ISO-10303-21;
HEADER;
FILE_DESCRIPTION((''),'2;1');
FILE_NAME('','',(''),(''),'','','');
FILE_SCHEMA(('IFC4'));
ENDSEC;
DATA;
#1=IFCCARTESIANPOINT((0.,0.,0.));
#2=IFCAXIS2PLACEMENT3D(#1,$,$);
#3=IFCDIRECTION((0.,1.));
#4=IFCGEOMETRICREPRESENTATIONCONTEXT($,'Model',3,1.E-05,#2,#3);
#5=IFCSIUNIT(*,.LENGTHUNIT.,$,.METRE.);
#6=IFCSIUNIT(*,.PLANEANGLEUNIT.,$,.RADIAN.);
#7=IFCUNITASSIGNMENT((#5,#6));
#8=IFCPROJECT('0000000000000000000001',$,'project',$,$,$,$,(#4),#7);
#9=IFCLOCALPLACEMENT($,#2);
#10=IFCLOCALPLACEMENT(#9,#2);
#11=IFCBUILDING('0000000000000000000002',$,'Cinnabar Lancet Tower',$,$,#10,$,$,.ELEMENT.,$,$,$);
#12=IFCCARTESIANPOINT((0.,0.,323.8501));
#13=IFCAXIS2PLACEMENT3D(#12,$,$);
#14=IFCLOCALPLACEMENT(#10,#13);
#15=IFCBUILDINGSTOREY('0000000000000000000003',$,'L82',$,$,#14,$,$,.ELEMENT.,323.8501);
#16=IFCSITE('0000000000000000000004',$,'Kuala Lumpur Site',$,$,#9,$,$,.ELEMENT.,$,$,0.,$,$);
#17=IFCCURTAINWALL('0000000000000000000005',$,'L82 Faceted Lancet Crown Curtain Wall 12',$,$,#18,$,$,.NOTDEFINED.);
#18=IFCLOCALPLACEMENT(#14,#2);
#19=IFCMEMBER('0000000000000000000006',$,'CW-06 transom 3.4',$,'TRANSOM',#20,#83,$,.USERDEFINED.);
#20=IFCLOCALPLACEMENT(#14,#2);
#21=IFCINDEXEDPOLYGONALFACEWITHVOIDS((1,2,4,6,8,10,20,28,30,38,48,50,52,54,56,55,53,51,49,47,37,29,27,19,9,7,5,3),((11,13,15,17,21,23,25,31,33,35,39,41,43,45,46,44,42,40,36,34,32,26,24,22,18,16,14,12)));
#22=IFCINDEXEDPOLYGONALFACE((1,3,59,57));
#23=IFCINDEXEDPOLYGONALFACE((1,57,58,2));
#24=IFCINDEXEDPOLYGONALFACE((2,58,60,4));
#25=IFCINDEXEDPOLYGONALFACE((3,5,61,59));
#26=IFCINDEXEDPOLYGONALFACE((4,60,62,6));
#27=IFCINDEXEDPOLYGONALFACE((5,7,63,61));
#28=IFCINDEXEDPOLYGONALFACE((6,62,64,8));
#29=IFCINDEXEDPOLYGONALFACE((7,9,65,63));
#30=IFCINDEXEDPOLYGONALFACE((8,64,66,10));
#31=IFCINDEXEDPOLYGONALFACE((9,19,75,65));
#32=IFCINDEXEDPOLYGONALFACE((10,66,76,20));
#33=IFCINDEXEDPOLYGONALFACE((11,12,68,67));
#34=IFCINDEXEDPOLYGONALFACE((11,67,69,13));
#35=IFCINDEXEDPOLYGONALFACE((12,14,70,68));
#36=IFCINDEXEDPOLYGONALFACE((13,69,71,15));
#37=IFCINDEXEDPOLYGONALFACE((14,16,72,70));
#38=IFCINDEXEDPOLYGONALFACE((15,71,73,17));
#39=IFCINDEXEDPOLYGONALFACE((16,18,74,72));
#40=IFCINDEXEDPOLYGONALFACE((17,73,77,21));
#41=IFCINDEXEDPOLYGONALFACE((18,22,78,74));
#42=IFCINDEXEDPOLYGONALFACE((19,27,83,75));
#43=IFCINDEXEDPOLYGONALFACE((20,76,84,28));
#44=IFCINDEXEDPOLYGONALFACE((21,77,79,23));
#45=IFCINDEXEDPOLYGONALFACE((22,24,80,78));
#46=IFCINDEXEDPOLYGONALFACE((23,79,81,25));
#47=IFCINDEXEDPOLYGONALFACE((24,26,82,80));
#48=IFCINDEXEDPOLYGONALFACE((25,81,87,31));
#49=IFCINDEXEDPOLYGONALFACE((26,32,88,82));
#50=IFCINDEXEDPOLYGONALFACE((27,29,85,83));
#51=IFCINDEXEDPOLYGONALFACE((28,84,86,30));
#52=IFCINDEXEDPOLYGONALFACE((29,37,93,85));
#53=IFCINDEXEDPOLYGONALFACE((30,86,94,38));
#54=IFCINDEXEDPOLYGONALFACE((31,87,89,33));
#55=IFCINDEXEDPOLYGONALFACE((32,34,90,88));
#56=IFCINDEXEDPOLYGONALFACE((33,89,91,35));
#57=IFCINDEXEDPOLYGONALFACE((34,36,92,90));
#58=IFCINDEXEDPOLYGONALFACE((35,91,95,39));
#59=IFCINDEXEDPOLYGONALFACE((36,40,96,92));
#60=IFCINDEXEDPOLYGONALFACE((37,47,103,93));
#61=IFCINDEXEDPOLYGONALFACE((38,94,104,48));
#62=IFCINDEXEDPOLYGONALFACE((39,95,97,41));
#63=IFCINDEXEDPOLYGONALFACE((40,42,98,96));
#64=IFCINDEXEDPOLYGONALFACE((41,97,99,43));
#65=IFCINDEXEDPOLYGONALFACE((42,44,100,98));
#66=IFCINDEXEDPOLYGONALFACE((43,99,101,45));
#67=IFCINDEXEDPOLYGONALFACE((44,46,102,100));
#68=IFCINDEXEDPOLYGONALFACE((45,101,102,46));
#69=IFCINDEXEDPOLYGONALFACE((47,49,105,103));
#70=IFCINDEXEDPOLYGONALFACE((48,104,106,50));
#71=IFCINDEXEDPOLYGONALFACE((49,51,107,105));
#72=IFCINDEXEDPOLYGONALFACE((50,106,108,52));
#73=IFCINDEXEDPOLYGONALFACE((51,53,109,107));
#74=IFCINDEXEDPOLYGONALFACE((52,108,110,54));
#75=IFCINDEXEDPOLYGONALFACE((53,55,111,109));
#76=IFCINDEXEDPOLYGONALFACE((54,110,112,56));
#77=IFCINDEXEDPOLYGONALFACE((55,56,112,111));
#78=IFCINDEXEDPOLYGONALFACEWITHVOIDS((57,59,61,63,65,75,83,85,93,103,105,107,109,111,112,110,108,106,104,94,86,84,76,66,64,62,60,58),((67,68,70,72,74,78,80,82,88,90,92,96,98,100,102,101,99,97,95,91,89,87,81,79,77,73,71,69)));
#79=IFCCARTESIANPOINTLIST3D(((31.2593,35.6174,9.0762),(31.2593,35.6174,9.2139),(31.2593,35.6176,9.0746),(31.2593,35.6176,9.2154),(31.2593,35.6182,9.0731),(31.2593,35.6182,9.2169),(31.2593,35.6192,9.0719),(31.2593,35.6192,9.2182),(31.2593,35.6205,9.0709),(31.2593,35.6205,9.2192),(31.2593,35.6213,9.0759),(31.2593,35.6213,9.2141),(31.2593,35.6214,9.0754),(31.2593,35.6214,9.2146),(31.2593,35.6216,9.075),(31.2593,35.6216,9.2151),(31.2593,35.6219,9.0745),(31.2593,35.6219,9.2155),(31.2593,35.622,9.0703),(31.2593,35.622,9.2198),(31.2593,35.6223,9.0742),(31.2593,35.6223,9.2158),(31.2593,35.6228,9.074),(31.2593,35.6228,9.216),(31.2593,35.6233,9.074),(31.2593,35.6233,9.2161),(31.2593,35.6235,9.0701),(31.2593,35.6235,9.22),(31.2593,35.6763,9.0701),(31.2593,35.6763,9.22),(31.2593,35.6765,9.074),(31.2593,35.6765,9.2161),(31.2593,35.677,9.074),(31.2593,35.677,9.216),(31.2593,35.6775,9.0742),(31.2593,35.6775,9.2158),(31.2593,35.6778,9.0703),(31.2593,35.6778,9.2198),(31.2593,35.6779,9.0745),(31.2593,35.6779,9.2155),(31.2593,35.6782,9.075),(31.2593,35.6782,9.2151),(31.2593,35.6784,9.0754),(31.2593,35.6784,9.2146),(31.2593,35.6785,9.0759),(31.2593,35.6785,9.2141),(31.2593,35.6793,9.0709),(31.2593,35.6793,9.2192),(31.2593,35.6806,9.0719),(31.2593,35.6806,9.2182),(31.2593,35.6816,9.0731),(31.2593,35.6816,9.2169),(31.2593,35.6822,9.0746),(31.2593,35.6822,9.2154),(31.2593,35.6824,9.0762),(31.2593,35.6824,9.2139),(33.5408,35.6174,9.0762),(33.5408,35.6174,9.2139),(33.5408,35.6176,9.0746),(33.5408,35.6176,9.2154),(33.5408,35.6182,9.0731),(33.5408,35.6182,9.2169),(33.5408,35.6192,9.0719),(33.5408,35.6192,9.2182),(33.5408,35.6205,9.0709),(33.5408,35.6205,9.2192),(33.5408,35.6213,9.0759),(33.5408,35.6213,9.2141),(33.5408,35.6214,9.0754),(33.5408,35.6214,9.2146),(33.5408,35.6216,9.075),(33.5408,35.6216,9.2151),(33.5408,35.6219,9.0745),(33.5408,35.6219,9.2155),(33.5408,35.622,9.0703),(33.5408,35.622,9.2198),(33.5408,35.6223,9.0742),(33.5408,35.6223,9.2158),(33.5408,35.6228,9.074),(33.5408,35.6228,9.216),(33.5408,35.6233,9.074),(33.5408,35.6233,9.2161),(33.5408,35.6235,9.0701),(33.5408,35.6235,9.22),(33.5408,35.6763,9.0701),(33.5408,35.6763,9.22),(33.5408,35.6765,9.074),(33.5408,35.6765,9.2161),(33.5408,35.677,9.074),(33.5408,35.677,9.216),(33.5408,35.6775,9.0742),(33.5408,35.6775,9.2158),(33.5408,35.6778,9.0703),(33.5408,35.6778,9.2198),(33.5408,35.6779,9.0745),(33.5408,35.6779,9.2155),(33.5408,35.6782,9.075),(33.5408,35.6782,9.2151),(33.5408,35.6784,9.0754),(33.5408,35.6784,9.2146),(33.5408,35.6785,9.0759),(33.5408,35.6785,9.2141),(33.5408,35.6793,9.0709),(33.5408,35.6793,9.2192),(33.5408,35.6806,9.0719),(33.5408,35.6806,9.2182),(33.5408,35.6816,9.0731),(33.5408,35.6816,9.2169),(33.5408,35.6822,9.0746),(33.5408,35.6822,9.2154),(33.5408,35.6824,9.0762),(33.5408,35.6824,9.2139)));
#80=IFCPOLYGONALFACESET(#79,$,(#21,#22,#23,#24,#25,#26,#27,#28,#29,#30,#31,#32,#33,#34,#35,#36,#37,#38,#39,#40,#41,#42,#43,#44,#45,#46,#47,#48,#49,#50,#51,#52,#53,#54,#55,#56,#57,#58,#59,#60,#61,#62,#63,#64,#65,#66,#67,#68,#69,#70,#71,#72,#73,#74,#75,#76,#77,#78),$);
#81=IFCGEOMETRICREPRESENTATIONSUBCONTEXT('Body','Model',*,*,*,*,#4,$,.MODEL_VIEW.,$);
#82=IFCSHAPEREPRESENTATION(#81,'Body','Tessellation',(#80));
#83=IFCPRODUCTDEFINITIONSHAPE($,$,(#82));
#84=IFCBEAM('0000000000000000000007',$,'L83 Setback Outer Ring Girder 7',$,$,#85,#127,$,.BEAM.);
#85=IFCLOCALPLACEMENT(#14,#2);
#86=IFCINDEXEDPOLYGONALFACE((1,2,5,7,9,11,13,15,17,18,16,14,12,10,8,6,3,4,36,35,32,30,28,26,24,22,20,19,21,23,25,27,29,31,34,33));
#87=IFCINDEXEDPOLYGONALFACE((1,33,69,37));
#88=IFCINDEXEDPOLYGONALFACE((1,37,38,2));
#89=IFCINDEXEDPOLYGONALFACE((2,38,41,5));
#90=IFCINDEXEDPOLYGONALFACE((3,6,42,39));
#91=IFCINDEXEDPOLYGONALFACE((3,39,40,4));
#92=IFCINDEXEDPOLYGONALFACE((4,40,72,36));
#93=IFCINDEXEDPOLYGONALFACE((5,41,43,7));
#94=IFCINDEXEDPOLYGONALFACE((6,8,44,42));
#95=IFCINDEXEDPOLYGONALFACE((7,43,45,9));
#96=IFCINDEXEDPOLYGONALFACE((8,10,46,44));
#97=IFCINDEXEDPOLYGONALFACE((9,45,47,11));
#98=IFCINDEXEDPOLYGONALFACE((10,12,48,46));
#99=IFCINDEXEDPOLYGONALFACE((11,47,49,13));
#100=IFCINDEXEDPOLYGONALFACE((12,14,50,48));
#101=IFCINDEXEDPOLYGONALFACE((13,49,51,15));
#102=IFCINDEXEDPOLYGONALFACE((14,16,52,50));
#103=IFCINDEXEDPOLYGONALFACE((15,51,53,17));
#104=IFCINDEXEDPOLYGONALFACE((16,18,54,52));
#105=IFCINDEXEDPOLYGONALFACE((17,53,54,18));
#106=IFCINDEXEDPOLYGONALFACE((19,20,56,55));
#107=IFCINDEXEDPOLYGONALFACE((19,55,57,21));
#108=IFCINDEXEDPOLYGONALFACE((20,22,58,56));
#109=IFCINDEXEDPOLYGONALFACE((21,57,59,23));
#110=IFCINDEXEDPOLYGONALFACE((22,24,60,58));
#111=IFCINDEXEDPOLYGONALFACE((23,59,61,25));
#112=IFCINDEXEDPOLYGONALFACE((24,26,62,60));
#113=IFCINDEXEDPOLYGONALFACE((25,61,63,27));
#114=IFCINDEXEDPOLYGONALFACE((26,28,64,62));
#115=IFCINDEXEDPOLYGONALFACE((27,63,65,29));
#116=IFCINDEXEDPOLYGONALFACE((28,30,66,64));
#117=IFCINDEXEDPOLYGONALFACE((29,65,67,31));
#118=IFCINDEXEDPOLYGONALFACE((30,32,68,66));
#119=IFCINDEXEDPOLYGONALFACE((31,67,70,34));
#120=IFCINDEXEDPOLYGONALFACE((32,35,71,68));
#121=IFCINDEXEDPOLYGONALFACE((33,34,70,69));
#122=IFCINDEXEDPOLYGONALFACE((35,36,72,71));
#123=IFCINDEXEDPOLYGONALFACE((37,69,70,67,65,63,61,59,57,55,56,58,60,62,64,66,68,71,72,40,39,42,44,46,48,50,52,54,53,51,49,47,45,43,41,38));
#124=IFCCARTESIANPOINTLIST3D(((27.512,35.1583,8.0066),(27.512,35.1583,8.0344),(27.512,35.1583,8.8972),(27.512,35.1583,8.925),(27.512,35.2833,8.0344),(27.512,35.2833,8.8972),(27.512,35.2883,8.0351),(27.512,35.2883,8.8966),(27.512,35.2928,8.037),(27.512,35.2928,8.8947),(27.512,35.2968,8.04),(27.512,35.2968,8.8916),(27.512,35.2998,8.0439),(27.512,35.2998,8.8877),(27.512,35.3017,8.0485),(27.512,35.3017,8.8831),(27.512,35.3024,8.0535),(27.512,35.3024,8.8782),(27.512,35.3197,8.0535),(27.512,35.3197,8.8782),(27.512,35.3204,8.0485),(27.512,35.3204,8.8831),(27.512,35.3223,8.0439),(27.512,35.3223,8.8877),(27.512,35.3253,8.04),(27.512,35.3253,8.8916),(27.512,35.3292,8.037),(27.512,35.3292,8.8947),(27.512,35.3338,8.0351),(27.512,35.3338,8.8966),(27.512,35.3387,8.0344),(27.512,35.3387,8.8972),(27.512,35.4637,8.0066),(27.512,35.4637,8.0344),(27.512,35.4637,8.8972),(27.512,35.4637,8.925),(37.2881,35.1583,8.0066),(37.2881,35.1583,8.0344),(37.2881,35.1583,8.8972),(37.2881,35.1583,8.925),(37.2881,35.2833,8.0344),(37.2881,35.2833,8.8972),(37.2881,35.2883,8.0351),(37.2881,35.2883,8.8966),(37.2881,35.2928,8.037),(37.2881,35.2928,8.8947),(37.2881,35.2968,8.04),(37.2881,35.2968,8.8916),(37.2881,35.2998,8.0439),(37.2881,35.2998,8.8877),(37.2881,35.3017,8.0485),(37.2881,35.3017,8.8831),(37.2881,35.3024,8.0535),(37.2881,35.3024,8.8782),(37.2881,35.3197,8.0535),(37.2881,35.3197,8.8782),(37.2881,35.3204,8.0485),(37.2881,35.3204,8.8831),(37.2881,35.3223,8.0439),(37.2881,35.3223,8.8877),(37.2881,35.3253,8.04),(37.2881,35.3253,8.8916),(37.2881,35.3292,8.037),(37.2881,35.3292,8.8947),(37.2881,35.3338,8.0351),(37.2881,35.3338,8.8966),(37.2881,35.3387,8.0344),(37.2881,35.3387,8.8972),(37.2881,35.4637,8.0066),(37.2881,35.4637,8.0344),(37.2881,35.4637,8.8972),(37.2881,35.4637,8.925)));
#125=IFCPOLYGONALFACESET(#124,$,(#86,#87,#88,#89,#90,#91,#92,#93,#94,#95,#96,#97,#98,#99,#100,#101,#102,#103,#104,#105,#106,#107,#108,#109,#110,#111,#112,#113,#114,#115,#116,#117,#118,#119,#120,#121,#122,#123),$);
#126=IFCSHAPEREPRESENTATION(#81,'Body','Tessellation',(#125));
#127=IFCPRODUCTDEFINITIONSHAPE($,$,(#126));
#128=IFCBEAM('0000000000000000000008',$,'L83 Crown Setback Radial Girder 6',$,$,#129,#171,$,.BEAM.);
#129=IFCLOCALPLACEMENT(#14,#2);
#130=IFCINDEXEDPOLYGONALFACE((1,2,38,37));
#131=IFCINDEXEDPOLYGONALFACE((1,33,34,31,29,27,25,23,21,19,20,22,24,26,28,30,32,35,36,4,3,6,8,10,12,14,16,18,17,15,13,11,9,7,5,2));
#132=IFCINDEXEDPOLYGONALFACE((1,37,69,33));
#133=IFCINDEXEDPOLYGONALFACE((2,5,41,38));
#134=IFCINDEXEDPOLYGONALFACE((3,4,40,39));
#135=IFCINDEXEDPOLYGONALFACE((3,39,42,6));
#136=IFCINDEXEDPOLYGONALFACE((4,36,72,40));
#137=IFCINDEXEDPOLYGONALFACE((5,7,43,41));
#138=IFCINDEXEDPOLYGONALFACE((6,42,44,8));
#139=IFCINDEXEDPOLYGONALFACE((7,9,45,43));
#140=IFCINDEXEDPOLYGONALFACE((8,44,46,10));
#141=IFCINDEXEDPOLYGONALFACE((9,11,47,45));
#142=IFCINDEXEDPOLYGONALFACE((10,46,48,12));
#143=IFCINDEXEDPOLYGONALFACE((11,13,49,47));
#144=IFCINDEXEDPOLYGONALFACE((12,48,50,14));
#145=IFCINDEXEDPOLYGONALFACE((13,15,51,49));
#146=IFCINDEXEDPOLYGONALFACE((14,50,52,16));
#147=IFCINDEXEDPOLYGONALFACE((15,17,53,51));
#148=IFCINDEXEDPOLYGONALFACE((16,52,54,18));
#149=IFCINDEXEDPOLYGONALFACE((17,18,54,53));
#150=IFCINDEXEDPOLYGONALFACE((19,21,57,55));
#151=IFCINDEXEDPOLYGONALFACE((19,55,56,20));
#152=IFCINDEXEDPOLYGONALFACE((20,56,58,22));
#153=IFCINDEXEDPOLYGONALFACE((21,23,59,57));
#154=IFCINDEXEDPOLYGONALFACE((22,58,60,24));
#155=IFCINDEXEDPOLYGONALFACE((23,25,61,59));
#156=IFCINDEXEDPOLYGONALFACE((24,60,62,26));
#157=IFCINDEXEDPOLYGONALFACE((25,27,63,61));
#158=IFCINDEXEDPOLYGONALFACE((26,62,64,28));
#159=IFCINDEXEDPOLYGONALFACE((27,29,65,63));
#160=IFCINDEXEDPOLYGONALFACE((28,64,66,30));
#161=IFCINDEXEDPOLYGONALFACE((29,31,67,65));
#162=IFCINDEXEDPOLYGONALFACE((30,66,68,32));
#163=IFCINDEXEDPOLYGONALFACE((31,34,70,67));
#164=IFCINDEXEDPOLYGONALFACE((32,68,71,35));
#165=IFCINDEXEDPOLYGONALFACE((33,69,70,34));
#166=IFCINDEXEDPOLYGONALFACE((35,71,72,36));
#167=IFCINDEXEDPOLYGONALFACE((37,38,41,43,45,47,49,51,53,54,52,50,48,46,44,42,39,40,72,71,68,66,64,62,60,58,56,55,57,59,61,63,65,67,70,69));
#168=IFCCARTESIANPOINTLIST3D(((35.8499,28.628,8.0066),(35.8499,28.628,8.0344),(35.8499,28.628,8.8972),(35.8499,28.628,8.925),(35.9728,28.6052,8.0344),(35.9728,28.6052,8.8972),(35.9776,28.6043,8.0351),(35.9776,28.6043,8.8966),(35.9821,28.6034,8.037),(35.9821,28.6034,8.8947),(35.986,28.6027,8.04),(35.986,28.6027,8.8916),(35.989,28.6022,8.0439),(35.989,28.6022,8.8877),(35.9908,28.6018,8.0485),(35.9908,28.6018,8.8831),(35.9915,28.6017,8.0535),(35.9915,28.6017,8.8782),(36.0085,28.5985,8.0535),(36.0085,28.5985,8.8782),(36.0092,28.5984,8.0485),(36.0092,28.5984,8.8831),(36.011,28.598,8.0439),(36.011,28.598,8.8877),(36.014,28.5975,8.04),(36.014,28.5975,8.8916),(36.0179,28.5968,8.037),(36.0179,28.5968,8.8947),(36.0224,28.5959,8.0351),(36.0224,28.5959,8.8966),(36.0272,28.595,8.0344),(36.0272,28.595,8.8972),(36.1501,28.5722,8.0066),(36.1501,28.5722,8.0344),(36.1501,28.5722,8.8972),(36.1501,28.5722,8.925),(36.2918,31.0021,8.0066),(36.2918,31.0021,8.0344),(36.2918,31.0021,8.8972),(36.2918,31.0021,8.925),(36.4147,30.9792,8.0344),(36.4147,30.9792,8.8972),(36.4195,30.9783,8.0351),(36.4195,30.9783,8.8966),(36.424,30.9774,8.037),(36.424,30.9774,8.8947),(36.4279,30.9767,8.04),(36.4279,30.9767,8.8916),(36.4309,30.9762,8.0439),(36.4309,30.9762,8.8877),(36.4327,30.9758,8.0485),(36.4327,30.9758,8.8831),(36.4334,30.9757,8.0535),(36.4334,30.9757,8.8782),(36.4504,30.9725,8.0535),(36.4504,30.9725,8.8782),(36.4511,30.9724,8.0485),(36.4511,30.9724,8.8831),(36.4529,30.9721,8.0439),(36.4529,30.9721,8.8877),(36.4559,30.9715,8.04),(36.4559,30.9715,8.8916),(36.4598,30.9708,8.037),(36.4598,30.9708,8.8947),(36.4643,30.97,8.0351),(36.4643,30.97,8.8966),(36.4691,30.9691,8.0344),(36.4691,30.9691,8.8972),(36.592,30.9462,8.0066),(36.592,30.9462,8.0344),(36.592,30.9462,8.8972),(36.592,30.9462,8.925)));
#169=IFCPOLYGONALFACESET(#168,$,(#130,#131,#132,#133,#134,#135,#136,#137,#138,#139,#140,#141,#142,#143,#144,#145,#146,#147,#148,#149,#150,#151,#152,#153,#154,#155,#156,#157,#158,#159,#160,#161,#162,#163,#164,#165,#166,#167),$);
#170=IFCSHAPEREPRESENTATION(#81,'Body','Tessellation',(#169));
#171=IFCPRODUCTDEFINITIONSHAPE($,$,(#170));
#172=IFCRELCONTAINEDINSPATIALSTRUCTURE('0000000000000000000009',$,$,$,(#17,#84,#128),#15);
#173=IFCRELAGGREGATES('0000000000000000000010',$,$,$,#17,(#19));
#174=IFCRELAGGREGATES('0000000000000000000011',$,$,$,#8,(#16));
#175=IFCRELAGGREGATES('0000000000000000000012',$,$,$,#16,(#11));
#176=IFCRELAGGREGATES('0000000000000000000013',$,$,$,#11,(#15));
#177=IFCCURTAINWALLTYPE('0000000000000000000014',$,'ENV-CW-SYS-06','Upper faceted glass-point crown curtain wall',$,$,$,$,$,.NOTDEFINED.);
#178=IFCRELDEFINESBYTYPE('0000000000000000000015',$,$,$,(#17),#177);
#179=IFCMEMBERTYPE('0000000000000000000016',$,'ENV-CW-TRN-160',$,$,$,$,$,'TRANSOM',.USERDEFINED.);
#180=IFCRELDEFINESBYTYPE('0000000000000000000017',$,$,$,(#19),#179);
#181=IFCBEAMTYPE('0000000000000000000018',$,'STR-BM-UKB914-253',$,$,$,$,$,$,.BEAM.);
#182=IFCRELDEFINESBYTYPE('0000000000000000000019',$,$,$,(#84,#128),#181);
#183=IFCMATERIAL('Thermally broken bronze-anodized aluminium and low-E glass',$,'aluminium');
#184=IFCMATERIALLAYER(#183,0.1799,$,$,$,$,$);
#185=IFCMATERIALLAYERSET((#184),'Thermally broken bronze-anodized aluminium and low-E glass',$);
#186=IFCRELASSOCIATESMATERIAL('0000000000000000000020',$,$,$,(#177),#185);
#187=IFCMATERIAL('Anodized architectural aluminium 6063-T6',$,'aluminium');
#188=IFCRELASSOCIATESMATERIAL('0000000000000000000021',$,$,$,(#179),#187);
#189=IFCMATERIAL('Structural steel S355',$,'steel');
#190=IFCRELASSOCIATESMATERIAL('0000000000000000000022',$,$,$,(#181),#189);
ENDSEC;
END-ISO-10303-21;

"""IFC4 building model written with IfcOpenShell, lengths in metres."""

from ifc_helpers import new_model, si_unit, direction, frame, origin, origin_2d, place, context, subcontext, project, spatial, hollow_rectangle, i_section, extrude, material, layer, layer_set, material_profile, profile_set, type_object, element, aggregate, save


model = new_model("IFC4")

# Units and contexts
model_context = context("Model", 3, precision=1e-05, world=origin(), true_north=direction((0.0, 1.0)))
body_context = subcontext(model_context, "Body", "Model", "MODEL_VIEW")
ifc_project = project(units=[si_unit("LENGTHUNIT", "METRE"), si_unit("PLANEANGLEUNIT", "RADIAN")], contexts=[model_context])

# Site, building, storey
site_placement = place(None, origin())
site = spatial("IfcSite", under=ifc_project, at=site_placement, Name="Kuala Lumpur Site", CompositionType="ELEMENT", RefElevation=0.0)
building_placement = place(site_placement, origin())
building = spatial("IfcBuilding", under=site, at=building_placement, Name="Cinnabar Lancet Tower", CompositionType="ELEMENT")
storey_placement = place(building_placement, frame((0.0, 0.0, 323.8501)))
storey = spatial("IfcBuildingStorey", under=building, at=storey_placement, Name="L82", CompositionType="ELEMENT", Elevation=323.8501)

# Shared definitions
ifc_material_1 = material(Name="Thermally broken bronze-anodized aluminium and low-E glass", Category="aluminium")
ifc_layer_1 = layer(ifc_material_1, 0.1799)
ifc_layer_set_1 = layer_set([ifc_layer_1], Name="Thermally broken bronze-anodized aluminium and low-E glass")
curtain_wall_type = type_object("IfcCurtainWallType", Name="ENV-CW-SYS-06", Description="Upper faceted glass-point crown curtain wall", PredefinedType="NOTDEFINED", material=ifc_layer_set_1)

# Curtain wall, member
curtain_wall_1_placement = place(storey_placement, origin())
curtain_wall_1 = element("IfcCurtainWall", 1, at=curtain_wall_1_placement, inside=storey, type_object=curtain_wall_type, Name="L82 Faceted Lancet Crown Curtain Wall 12", PredefinedType="NOTDEFINED")
ifc_material_2 = material(Name="Anodized architectural aluminium 6063-T6", Category="aluminium")
ifc_material_profile_1 = material_profile(ifc_material_2, hollow_rectangle(XDim=0.0649, YDim=0.1499, WallThickness=0.0039, InnerFilletRadius=0.002, OuterFilletRadius=0.0061, at=origin_2d()), Name="CW-TRN 150x65x4")
ifc_profile_set_1 = profile_set([ifc_material_profile_1], Name="Anodized architectural aluminium 6063-T6")
member_type_1 = type_object("IfcMemberType", Name="ENV-CW-TRN-160", ElementType="TRANSOM", PredefinedType="USERDEFINED", material=ifc_profile_set_1)
member_1_placement = place(storey_placement, frame((33.5408, 35.6499, 9.145), z_axis=(-1.0, 0.0, 0.0), x_axis=(0.0, -1.0, 0.0)))
member_1 = element("IfcMember", 2, at=member_1_placement, type_object=member_type_1, Name="CW-06 transom 3.4", ObjectType="TRANSOM", PredefinedType="USERDEFINED", context=body_context, shape_type="SweptSolid", body=[
    extrude(hollow_rectangle(XDim=0.0649, YDim=0.1499, WallThickness=0.0039, InnerFilletRadius=0.002, OuterFilletRadius=0.0061, at=origin_2d()), origin(), (0.0, 0.0, 1.0), 2.2815),
])

# Beams
ifc_material_3 = material(Name="Structural steel S355", Category="steel")
ifc_material_profile_2 = material_profile(ifc_material_3, i_section(OverallWidth=0.3054, OverallDepth=0.9185, WebThickness=0.0173, FlangeThickness=0.0278, FilletRadius=0.019, at=origin_2d()), Name="UKB 914x305x253")
ifc_profile_set_2 = profile_set([ifc_material_profile_2], Name="Structural steel S355")
beam_type = type_object("IfcBeamType", Name="STR-BM-UKB914-253", PredefinedType="BEAM", material=ifc_profile_set_2)
beam_1_placement = place(storey_placement, frame((37.2881, 35.311, 8.4658), z_axis=(-1.0, 0.0, 0.0), x_axis=(0.0, -1.0, 0.0)))
element("IfcBeam", 3, at=beam_1_placement, inside=storey, type_object=beam_type, Name="L83 Setback Outer Ring Girder 7", PredefinedType="BEAM", context=body_context, shape_type="SweptSolid", body=[
    extrude(i_section(OverallWidth=0.3054, OverallDepth=0.9185, WebThickness=0.0173, FlangeThickness=0.0278, FilletRadius=0.019, at=origin_2d()), origin(), (0.0, 0.0, 1.0), 9.7761),
])
beam_2_placement = place(storey_placement, frame((36.4419, 30.9741, 8.4658), z_axis=(-0.182994, -0.983114, 0.0), x_axis=(0.983114, -0.182994, 0.0)))
element("IfcBeam", 4, at=beam_2_placement, inside=storey, type_object=beam_type, Name="L83 Crown Setback Radial Girder 6", PredefinedType="BEAM", context=body_context, shape_type="SweptSolid", body=[
    extrude(i_section(OverallWidth=0.3054, OverallDepth=0.9185, WebThickness=0.0173, FlangeThickness=0.0278, FilletRadius=0.019, at=origin_2d()), origin(), (0.0, 0.0, 1.0), 2.4148),
])

aggregate(curtain_wall_1, [member_1])

save(model, "model.ifc")
